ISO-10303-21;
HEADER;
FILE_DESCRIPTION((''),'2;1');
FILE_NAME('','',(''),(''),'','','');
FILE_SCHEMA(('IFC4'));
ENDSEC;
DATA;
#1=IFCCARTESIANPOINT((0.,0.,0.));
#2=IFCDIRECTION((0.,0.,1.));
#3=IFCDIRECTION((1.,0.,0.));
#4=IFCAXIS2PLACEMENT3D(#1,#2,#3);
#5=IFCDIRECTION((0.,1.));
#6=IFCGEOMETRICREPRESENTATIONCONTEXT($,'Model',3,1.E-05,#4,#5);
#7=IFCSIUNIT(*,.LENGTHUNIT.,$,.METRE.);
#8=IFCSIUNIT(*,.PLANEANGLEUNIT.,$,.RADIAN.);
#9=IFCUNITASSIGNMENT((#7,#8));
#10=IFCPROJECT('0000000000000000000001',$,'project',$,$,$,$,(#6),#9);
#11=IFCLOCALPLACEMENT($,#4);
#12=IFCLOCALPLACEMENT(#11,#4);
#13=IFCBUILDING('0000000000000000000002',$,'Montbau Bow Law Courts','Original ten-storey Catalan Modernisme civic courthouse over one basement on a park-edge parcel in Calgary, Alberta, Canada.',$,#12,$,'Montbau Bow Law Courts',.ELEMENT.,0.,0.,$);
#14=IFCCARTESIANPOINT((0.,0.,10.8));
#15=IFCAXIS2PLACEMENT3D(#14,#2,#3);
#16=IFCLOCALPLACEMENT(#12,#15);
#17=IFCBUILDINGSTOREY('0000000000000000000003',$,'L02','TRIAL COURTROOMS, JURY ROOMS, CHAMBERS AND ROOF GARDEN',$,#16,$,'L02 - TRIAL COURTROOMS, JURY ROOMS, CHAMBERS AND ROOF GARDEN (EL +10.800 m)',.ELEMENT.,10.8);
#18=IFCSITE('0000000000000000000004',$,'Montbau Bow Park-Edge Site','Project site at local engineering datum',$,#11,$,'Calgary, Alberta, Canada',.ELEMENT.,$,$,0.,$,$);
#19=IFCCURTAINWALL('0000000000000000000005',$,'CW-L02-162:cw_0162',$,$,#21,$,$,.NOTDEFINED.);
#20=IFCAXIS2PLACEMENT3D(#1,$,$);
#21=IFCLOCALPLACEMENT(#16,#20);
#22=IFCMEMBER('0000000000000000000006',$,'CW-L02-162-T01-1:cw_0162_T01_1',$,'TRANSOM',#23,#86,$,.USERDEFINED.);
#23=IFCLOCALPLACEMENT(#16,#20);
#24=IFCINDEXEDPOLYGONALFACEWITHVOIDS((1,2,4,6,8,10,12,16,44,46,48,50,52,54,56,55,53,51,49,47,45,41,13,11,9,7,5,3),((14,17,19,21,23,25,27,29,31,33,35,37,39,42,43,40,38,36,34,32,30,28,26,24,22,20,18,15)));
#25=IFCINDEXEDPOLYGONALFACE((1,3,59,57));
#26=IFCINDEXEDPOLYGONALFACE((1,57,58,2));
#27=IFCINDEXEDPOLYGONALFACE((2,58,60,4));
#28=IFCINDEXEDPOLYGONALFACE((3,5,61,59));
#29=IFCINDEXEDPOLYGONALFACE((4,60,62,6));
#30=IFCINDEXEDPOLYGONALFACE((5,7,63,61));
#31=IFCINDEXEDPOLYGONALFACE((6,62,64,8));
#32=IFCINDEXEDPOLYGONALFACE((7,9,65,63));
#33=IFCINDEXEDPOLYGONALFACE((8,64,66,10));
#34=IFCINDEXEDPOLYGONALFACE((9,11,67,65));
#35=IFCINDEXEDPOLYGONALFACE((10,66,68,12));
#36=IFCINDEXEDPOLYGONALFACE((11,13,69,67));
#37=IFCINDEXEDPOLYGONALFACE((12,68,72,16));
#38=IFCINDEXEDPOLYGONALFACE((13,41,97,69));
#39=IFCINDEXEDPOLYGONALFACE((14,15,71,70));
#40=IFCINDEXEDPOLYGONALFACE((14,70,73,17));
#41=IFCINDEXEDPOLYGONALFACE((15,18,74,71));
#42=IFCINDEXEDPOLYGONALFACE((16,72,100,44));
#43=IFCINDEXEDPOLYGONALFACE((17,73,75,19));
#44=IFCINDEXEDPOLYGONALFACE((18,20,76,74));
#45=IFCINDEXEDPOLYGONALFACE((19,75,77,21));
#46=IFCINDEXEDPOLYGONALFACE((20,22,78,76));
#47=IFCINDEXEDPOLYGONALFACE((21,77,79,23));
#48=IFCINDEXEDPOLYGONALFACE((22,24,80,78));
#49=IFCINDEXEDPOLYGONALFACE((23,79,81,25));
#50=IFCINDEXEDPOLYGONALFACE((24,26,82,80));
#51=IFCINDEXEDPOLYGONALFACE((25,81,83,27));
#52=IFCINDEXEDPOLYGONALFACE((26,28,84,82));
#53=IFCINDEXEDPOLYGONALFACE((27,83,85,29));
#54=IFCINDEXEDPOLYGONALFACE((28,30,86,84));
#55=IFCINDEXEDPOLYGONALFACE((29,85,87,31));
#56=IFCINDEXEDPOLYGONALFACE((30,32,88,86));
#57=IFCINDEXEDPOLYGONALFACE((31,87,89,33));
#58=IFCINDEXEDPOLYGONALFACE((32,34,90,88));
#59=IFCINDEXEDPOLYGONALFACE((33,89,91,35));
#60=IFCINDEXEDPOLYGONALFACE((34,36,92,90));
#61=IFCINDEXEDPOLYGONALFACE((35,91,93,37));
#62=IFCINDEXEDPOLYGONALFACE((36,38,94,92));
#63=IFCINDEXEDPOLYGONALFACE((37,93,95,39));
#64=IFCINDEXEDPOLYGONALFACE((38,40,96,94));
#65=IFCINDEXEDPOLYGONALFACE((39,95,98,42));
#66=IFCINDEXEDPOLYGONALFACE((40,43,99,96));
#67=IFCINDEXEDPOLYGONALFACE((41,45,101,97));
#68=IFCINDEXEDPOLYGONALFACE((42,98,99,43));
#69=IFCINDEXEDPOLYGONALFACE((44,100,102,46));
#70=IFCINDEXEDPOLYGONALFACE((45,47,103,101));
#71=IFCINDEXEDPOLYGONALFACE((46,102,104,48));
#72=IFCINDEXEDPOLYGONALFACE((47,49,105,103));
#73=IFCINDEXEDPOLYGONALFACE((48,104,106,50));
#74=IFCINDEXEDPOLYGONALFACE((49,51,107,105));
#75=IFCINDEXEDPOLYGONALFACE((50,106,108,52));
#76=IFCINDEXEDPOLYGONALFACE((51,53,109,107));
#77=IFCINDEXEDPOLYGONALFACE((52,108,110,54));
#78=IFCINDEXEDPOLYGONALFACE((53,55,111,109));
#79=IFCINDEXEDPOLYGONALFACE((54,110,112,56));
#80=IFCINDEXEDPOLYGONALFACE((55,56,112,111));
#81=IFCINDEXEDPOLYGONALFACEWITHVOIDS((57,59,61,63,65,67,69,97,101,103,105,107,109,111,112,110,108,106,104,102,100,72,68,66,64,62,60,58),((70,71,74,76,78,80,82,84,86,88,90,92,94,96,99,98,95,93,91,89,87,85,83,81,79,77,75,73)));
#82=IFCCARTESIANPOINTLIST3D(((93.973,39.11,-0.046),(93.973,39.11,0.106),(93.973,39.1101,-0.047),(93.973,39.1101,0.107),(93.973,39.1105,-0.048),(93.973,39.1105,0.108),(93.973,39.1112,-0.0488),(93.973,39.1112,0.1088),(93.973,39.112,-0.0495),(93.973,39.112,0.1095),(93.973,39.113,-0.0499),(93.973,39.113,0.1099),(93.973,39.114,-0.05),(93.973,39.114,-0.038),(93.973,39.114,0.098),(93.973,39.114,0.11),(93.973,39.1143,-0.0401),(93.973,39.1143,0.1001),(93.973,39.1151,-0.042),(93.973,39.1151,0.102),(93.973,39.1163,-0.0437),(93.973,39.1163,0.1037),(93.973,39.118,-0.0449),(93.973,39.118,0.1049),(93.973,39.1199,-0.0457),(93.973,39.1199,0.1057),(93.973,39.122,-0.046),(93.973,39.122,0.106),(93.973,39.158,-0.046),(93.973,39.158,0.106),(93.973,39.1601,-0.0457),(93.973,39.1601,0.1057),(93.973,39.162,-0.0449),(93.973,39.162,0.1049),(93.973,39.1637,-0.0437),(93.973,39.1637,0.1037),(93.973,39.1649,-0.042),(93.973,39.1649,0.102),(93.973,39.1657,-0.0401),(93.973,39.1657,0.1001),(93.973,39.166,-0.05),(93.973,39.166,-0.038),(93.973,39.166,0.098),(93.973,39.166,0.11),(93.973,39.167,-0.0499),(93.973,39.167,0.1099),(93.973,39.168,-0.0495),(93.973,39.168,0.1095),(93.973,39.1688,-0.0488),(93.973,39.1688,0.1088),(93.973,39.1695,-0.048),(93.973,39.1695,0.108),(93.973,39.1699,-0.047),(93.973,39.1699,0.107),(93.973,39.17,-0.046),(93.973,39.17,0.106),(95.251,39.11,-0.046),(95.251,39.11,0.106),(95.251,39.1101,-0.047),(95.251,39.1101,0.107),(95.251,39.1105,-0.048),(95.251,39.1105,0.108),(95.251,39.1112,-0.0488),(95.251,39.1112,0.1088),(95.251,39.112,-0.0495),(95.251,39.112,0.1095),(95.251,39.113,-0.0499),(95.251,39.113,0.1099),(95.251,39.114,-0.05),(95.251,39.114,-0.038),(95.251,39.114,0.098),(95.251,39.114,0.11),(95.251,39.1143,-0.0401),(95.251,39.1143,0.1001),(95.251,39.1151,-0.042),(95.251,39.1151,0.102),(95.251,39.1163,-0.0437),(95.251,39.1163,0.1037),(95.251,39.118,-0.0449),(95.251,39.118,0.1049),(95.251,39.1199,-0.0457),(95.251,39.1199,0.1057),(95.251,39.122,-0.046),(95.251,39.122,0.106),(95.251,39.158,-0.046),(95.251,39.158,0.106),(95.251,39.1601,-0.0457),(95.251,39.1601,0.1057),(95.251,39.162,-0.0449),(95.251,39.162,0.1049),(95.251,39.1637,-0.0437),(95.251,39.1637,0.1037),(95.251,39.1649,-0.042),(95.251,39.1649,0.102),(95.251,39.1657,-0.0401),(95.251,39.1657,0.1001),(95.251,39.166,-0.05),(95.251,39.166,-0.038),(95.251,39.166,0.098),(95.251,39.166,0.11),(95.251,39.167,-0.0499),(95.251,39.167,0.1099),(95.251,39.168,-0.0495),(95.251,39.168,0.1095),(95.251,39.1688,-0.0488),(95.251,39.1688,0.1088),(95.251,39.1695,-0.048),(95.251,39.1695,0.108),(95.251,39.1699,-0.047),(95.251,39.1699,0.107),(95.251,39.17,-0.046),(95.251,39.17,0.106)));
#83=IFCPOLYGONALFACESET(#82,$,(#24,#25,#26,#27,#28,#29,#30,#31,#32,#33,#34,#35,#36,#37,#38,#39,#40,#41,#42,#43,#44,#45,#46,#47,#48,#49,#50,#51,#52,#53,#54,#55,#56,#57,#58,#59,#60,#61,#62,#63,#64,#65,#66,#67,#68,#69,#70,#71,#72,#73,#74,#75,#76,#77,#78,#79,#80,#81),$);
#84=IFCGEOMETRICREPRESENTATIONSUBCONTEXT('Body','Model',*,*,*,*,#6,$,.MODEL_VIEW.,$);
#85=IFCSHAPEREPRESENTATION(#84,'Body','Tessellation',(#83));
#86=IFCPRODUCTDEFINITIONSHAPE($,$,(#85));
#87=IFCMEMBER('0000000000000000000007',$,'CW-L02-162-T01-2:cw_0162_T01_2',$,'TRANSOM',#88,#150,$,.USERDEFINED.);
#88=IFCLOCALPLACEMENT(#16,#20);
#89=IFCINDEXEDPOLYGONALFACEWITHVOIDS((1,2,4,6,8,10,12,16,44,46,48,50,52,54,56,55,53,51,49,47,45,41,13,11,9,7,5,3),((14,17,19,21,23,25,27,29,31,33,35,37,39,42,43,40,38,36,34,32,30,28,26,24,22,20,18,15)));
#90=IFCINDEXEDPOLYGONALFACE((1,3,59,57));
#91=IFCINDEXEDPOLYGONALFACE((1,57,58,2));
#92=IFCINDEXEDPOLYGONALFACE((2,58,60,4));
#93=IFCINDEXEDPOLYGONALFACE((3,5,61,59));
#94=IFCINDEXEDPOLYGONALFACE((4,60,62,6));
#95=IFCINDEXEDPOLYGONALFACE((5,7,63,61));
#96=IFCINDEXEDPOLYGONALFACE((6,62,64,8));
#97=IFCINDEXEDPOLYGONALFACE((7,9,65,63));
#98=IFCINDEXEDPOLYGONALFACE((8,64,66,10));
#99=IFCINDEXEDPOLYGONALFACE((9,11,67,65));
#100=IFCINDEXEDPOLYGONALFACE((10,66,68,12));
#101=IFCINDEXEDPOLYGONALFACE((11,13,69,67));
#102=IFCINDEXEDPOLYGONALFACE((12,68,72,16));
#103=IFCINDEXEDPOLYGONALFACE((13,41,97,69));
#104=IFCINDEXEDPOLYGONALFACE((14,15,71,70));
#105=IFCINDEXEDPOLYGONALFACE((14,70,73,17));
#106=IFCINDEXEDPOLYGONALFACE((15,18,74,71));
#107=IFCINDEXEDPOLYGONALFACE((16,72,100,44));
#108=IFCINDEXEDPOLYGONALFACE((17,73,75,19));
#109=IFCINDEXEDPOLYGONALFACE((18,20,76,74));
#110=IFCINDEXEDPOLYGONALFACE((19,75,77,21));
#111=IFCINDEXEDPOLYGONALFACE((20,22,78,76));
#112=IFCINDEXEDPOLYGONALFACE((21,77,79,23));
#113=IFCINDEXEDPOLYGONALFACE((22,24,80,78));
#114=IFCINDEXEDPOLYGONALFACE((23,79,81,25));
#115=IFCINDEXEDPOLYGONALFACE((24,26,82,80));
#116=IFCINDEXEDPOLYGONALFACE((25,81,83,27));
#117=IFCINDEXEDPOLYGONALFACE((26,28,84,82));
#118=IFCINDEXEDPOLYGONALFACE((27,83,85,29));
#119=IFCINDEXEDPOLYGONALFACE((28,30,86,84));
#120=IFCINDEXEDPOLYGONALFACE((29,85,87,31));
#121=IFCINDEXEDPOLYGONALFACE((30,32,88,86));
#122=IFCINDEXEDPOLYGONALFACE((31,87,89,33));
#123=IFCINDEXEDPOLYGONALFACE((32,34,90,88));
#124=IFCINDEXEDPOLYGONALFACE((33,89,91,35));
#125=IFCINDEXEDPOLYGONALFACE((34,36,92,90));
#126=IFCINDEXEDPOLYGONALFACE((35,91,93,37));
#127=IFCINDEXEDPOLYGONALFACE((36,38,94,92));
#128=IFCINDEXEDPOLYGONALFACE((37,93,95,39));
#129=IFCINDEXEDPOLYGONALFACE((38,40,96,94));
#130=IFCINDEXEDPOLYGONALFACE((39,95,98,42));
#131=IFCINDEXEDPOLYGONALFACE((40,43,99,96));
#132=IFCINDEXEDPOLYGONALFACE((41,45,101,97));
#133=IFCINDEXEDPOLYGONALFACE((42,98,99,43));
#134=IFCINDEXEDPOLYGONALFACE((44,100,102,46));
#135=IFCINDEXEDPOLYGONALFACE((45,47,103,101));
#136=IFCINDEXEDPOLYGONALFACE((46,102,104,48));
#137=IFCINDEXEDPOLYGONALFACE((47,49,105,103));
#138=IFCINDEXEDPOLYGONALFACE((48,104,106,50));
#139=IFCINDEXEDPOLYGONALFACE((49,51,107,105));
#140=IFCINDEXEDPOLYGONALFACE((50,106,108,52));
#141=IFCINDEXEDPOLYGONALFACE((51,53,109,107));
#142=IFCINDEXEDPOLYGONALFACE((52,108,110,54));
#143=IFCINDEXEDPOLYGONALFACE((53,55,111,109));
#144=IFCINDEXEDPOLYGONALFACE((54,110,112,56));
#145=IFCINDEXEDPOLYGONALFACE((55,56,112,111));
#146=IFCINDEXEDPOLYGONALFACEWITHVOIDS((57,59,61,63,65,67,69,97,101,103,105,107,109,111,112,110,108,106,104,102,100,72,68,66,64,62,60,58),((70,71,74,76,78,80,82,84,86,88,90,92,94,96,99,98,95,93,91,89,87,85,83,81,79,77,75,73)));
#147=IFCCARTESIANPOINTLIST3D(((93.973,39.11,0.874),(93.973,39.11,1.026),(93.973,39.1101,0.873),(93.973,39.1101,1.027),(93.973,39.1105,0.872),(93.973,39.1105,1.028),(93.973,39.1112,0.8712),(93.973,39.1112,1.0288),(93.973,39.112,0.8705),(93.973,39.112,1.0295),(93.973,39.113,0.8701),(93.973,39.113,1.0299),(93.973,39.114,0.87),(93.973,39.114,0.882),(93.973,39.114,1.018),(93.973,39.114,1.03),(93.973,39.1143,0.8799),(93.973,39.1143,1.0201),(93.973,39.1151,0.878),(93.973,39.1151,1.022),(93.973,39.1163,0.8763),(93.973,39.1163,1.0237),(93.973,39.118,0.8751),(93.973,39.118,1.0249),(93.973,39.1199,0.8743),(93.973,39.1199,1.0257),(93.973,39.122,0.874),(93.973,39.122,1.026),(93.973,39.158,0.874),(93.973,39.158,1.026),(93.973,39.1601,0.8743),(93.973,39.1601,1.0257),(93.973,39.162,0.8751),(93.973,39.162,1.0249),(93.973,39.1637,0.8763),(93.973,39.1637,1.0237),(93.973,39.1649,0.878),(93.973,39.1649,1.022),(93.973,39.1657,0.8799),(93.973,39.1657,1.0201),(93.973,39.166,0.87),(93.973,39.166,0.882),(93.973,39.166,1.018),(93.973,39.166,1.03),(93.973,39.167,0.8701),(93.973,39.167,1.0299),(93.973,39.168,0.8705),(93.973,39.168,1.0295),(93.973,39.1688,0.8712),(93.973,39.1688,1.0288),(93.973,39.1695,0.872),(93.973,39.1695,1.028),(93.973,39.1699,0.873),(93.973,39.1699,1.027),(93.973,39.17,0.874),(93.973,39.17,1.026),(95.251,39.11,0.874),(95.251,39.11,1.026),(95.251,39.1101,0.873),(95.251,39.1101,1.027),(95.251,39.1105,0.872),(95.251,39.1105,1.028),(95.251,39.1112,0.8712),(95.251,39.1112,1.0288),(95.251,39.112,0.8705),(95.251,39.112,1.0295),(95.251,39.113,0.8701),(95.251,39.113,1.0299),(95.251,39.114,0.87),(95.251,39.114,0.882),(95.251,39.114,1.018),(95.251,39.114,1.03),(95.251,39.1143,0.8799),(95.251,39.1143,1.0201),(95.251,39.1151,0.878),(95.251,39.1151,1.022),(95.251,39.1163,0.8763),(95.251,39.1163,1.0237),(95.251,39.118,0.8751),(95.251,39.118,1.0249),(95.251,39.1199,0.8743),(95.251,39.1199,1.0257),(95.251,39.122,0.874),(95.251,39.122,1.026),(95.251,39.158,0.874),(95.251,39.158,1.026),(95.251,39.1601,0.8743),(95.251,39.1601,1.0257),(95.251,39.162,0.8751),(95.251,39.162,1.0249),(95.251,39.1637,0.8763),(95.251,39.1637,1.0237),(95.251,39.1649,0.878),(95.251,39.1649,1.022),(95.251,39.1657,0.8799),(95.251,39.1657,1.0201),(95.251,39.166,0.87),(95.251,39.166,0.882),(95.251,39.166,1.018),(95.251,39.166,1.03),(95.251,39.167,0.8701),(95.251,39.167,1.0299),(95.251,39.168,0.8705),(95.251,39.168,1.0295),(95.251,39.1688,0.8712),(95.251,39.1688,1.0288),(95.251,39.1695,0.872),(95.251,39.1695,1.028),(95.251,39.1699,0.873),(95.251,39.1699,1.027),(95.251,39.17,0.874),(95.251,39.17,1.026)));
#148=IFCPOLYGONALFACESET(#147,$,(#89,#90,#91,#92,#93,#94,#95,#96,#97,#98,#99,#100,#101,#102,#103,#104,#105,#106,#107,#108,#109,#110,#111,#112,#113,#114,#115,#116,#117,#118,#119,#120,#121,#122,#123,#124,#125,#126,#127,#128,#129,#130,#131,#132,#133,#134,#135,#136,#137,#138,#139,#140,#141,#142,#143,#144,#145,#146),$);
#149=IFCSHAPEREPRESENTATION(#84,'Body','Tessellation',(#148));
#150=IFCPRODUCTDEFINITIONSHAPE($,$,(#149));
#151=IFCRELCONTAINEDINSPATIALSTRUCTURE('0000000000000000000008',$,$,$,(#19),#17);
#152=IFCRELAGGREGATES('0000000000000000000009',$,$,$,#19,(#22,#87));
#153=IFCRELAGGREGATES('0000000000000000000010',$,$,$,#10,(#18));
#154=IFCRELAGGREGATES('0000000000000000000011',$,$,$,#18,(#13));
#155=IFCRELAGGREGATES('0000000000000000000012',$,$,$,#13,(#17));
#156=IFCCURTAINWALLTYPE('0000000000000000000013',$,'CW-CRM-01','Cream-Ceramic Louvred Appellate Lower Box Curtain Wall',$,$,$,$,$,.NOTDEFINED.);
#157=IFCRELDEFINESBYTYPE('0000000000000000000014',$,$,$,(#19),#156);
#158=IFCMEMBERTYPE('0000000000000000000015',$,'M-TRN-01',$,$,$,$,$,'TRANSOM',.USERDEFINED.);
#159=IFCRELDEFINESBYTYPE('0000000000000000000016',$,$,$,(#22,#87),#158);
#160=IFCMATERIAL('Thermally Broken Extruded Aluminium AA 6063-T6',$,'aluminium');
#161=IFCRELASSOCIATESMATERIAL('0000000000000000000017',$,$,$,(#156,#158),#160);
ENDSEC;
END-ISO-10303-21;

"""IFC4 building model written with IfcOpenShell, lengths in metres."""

from ifc_helpers import new_model, si_unit, direction, frame, origin_with_axes, origin_2d_with_axis, place, context, subcontext, project, spatial, hollow_rectangle, extrude, material, material_profile, profile_set, type_object, element, aggregate, save


model = new_model("IFC4")

# Units and contexts
model_context = context("Model", 3, precision=1e-05, world=origin_with_axes(), true_north=direction((0.0, 1.0)))
body_context = subcontext(model_context, "Body", "Model", "MODEL_VIEW")
ifc_project = project(units=[si_unit("LENGTHUNIT", "METRE"), si_unit("PLANEANGLEUNIT", "RADIAN")], contexts=[model_context])

# Site, building, storey
site_placement = place(None, origin_with_axes())
site = spatial("IfcSite", under=ifc_project, at=site_placement, Name="Montbau Bow Park-Edge Site", Description="Project site at local engineering datum", LongName="Calgary, Alberta, Canada", CompositionType="ELEMENT", RefElevation=0.0)
building_placement = place(site_placement, origin_with_axes())
building = spatial("IfcBuilding", under=site, at=building_placement, Name="Montbau Bow Law Courts", Description="Original ten-storey Catalan Modernisme civic courthouse over one basement on a park-edge parcel in Calgary, Alberta, Canada.", LongName="Montbau Bow Law Courts", CompositionType="ELEMENT", ElevationOfRefHeight=0.0, ElevationOfTerrain=0.0)
storey_placement = place(building_placement, frame((0.0, 0.0, 10.8), z_axis=(0.0, 0.0, 1.0), x_axis=(1.0, 0.0, 0.0)))
storey = spatial("IfcBuildingStorey", under=building, at=storey_placement, Name="L02", Description="TRIAL COURTROOMS, JURY ROOMS, CHAMBERS AND ROOF GARDEN", LongName="L02 - TRIAL COURTROOMS, JURY ROOMS, CHAMBERS AND ROOF GARDEN (EL +10.800 m)", CompositionType="ELEMENT", Elevation=10.8)

# Curtain wall
ifc_material_1 = material(Name="Thermally Broken Extruded Aluminium AA 6063-T6", Category="aluminium")
curtain_wall_type = type_object("IfcCurtainWallType", Name="CW-CRM-01", Description="Cream-Ceramic Louvred Appellate Lower Box Curtain Wall", PredefinedType="NOTDEFINED", material=ifc_material_1)
curtain_wall_1_placement = place(None, frame((93.897, 39.14, 10.8), z_axis=(0.0, 0.0, 1.0), x_axis=(1.0, 0.0, 0.0)))
curtain_wall_1 = element("IfcCurtainWall", 1, at=curtain_wall_1_placement, inside=storey, type_object=curtain_wall_type, Name="CW-L02-162:cw_0162", PredefinedType="NOTDEFINED")

# Members
ifc_material_profile_1 = material_profile(ifc_material_1, hollow_rectangle(XDim=0.06, YDim=0.16, WallThickness=0.004, InnerFilletRadius=0.008, OuterFilletRadius=0.004, at=origin_2d_with_axis()), Name="CWT-160X60", Category="Main", Priority=0)
ifc_profile_set_1 = profile_set([ifc_material_profile_1], Name="Thermally Broken Extruded Aluminium AA 6063-T6")
member_type_1 = type_object("IfcMemberType", Name="M-TRN-01", ElementType="TRANSOM", PredefinedType="USERDEFINED", material=ifc_profile_set_1)
member_1_placement = place(None, frame((93.973, 39.14, 10.83), z_axis=(1.0, 0.0, 0.0), x_axis=(0.0, 1.0, 0.0)))
member_1 = element("IfcMember", 2, at=member_1_placement, type_object=member_type_1, Name="CW-L02-162-T01-1:cw_0162_T01_1", ObjectType="TRANSOM", PredefinedType="USERDEFINED", context=body_context, shape_type="SweptSolid", body=[
    extrude(hollow_rectangle(XDim=0.06, YDim=0.16, WallThickness=0.004, InnerFilletRadius=0.008, OuterFilletRadius=0.004, at=origin_2d_with_axis()), origin_with_axes(), (0.0, 0.0, 1.0), 1.278),
])
member_2_placement = place(None, frame((93.973, 39.14, 11.75), z_axis=(1.0, 0.0, 0.0), x_axis=(0.0, 1.0, 0.0)))
member_2 = element("IfcMember", 3, at=member_2_placement, type_object=member_type_1, Name="CW-L02-162-T01-2:cw_0162_T01_2", ObjectType="TRANSOM", PredefinedType="USERDEFINED", context=body_context, shape_type="SweptSolid", body=[
    extrude(hollow_rectangle(XDim=0.06, YDim=0.16, WallThickness=0.004, InnerFilletRadius=0.008, OuterFilletRadius=0.004, at=origin_2d_with_axis()), origin_with_axes(), (0.0, 0.0, 1.0), 1.278),
])

aggregate(curtain_wall_1, [member_1, member_2])

save(model, "model.ifc")
